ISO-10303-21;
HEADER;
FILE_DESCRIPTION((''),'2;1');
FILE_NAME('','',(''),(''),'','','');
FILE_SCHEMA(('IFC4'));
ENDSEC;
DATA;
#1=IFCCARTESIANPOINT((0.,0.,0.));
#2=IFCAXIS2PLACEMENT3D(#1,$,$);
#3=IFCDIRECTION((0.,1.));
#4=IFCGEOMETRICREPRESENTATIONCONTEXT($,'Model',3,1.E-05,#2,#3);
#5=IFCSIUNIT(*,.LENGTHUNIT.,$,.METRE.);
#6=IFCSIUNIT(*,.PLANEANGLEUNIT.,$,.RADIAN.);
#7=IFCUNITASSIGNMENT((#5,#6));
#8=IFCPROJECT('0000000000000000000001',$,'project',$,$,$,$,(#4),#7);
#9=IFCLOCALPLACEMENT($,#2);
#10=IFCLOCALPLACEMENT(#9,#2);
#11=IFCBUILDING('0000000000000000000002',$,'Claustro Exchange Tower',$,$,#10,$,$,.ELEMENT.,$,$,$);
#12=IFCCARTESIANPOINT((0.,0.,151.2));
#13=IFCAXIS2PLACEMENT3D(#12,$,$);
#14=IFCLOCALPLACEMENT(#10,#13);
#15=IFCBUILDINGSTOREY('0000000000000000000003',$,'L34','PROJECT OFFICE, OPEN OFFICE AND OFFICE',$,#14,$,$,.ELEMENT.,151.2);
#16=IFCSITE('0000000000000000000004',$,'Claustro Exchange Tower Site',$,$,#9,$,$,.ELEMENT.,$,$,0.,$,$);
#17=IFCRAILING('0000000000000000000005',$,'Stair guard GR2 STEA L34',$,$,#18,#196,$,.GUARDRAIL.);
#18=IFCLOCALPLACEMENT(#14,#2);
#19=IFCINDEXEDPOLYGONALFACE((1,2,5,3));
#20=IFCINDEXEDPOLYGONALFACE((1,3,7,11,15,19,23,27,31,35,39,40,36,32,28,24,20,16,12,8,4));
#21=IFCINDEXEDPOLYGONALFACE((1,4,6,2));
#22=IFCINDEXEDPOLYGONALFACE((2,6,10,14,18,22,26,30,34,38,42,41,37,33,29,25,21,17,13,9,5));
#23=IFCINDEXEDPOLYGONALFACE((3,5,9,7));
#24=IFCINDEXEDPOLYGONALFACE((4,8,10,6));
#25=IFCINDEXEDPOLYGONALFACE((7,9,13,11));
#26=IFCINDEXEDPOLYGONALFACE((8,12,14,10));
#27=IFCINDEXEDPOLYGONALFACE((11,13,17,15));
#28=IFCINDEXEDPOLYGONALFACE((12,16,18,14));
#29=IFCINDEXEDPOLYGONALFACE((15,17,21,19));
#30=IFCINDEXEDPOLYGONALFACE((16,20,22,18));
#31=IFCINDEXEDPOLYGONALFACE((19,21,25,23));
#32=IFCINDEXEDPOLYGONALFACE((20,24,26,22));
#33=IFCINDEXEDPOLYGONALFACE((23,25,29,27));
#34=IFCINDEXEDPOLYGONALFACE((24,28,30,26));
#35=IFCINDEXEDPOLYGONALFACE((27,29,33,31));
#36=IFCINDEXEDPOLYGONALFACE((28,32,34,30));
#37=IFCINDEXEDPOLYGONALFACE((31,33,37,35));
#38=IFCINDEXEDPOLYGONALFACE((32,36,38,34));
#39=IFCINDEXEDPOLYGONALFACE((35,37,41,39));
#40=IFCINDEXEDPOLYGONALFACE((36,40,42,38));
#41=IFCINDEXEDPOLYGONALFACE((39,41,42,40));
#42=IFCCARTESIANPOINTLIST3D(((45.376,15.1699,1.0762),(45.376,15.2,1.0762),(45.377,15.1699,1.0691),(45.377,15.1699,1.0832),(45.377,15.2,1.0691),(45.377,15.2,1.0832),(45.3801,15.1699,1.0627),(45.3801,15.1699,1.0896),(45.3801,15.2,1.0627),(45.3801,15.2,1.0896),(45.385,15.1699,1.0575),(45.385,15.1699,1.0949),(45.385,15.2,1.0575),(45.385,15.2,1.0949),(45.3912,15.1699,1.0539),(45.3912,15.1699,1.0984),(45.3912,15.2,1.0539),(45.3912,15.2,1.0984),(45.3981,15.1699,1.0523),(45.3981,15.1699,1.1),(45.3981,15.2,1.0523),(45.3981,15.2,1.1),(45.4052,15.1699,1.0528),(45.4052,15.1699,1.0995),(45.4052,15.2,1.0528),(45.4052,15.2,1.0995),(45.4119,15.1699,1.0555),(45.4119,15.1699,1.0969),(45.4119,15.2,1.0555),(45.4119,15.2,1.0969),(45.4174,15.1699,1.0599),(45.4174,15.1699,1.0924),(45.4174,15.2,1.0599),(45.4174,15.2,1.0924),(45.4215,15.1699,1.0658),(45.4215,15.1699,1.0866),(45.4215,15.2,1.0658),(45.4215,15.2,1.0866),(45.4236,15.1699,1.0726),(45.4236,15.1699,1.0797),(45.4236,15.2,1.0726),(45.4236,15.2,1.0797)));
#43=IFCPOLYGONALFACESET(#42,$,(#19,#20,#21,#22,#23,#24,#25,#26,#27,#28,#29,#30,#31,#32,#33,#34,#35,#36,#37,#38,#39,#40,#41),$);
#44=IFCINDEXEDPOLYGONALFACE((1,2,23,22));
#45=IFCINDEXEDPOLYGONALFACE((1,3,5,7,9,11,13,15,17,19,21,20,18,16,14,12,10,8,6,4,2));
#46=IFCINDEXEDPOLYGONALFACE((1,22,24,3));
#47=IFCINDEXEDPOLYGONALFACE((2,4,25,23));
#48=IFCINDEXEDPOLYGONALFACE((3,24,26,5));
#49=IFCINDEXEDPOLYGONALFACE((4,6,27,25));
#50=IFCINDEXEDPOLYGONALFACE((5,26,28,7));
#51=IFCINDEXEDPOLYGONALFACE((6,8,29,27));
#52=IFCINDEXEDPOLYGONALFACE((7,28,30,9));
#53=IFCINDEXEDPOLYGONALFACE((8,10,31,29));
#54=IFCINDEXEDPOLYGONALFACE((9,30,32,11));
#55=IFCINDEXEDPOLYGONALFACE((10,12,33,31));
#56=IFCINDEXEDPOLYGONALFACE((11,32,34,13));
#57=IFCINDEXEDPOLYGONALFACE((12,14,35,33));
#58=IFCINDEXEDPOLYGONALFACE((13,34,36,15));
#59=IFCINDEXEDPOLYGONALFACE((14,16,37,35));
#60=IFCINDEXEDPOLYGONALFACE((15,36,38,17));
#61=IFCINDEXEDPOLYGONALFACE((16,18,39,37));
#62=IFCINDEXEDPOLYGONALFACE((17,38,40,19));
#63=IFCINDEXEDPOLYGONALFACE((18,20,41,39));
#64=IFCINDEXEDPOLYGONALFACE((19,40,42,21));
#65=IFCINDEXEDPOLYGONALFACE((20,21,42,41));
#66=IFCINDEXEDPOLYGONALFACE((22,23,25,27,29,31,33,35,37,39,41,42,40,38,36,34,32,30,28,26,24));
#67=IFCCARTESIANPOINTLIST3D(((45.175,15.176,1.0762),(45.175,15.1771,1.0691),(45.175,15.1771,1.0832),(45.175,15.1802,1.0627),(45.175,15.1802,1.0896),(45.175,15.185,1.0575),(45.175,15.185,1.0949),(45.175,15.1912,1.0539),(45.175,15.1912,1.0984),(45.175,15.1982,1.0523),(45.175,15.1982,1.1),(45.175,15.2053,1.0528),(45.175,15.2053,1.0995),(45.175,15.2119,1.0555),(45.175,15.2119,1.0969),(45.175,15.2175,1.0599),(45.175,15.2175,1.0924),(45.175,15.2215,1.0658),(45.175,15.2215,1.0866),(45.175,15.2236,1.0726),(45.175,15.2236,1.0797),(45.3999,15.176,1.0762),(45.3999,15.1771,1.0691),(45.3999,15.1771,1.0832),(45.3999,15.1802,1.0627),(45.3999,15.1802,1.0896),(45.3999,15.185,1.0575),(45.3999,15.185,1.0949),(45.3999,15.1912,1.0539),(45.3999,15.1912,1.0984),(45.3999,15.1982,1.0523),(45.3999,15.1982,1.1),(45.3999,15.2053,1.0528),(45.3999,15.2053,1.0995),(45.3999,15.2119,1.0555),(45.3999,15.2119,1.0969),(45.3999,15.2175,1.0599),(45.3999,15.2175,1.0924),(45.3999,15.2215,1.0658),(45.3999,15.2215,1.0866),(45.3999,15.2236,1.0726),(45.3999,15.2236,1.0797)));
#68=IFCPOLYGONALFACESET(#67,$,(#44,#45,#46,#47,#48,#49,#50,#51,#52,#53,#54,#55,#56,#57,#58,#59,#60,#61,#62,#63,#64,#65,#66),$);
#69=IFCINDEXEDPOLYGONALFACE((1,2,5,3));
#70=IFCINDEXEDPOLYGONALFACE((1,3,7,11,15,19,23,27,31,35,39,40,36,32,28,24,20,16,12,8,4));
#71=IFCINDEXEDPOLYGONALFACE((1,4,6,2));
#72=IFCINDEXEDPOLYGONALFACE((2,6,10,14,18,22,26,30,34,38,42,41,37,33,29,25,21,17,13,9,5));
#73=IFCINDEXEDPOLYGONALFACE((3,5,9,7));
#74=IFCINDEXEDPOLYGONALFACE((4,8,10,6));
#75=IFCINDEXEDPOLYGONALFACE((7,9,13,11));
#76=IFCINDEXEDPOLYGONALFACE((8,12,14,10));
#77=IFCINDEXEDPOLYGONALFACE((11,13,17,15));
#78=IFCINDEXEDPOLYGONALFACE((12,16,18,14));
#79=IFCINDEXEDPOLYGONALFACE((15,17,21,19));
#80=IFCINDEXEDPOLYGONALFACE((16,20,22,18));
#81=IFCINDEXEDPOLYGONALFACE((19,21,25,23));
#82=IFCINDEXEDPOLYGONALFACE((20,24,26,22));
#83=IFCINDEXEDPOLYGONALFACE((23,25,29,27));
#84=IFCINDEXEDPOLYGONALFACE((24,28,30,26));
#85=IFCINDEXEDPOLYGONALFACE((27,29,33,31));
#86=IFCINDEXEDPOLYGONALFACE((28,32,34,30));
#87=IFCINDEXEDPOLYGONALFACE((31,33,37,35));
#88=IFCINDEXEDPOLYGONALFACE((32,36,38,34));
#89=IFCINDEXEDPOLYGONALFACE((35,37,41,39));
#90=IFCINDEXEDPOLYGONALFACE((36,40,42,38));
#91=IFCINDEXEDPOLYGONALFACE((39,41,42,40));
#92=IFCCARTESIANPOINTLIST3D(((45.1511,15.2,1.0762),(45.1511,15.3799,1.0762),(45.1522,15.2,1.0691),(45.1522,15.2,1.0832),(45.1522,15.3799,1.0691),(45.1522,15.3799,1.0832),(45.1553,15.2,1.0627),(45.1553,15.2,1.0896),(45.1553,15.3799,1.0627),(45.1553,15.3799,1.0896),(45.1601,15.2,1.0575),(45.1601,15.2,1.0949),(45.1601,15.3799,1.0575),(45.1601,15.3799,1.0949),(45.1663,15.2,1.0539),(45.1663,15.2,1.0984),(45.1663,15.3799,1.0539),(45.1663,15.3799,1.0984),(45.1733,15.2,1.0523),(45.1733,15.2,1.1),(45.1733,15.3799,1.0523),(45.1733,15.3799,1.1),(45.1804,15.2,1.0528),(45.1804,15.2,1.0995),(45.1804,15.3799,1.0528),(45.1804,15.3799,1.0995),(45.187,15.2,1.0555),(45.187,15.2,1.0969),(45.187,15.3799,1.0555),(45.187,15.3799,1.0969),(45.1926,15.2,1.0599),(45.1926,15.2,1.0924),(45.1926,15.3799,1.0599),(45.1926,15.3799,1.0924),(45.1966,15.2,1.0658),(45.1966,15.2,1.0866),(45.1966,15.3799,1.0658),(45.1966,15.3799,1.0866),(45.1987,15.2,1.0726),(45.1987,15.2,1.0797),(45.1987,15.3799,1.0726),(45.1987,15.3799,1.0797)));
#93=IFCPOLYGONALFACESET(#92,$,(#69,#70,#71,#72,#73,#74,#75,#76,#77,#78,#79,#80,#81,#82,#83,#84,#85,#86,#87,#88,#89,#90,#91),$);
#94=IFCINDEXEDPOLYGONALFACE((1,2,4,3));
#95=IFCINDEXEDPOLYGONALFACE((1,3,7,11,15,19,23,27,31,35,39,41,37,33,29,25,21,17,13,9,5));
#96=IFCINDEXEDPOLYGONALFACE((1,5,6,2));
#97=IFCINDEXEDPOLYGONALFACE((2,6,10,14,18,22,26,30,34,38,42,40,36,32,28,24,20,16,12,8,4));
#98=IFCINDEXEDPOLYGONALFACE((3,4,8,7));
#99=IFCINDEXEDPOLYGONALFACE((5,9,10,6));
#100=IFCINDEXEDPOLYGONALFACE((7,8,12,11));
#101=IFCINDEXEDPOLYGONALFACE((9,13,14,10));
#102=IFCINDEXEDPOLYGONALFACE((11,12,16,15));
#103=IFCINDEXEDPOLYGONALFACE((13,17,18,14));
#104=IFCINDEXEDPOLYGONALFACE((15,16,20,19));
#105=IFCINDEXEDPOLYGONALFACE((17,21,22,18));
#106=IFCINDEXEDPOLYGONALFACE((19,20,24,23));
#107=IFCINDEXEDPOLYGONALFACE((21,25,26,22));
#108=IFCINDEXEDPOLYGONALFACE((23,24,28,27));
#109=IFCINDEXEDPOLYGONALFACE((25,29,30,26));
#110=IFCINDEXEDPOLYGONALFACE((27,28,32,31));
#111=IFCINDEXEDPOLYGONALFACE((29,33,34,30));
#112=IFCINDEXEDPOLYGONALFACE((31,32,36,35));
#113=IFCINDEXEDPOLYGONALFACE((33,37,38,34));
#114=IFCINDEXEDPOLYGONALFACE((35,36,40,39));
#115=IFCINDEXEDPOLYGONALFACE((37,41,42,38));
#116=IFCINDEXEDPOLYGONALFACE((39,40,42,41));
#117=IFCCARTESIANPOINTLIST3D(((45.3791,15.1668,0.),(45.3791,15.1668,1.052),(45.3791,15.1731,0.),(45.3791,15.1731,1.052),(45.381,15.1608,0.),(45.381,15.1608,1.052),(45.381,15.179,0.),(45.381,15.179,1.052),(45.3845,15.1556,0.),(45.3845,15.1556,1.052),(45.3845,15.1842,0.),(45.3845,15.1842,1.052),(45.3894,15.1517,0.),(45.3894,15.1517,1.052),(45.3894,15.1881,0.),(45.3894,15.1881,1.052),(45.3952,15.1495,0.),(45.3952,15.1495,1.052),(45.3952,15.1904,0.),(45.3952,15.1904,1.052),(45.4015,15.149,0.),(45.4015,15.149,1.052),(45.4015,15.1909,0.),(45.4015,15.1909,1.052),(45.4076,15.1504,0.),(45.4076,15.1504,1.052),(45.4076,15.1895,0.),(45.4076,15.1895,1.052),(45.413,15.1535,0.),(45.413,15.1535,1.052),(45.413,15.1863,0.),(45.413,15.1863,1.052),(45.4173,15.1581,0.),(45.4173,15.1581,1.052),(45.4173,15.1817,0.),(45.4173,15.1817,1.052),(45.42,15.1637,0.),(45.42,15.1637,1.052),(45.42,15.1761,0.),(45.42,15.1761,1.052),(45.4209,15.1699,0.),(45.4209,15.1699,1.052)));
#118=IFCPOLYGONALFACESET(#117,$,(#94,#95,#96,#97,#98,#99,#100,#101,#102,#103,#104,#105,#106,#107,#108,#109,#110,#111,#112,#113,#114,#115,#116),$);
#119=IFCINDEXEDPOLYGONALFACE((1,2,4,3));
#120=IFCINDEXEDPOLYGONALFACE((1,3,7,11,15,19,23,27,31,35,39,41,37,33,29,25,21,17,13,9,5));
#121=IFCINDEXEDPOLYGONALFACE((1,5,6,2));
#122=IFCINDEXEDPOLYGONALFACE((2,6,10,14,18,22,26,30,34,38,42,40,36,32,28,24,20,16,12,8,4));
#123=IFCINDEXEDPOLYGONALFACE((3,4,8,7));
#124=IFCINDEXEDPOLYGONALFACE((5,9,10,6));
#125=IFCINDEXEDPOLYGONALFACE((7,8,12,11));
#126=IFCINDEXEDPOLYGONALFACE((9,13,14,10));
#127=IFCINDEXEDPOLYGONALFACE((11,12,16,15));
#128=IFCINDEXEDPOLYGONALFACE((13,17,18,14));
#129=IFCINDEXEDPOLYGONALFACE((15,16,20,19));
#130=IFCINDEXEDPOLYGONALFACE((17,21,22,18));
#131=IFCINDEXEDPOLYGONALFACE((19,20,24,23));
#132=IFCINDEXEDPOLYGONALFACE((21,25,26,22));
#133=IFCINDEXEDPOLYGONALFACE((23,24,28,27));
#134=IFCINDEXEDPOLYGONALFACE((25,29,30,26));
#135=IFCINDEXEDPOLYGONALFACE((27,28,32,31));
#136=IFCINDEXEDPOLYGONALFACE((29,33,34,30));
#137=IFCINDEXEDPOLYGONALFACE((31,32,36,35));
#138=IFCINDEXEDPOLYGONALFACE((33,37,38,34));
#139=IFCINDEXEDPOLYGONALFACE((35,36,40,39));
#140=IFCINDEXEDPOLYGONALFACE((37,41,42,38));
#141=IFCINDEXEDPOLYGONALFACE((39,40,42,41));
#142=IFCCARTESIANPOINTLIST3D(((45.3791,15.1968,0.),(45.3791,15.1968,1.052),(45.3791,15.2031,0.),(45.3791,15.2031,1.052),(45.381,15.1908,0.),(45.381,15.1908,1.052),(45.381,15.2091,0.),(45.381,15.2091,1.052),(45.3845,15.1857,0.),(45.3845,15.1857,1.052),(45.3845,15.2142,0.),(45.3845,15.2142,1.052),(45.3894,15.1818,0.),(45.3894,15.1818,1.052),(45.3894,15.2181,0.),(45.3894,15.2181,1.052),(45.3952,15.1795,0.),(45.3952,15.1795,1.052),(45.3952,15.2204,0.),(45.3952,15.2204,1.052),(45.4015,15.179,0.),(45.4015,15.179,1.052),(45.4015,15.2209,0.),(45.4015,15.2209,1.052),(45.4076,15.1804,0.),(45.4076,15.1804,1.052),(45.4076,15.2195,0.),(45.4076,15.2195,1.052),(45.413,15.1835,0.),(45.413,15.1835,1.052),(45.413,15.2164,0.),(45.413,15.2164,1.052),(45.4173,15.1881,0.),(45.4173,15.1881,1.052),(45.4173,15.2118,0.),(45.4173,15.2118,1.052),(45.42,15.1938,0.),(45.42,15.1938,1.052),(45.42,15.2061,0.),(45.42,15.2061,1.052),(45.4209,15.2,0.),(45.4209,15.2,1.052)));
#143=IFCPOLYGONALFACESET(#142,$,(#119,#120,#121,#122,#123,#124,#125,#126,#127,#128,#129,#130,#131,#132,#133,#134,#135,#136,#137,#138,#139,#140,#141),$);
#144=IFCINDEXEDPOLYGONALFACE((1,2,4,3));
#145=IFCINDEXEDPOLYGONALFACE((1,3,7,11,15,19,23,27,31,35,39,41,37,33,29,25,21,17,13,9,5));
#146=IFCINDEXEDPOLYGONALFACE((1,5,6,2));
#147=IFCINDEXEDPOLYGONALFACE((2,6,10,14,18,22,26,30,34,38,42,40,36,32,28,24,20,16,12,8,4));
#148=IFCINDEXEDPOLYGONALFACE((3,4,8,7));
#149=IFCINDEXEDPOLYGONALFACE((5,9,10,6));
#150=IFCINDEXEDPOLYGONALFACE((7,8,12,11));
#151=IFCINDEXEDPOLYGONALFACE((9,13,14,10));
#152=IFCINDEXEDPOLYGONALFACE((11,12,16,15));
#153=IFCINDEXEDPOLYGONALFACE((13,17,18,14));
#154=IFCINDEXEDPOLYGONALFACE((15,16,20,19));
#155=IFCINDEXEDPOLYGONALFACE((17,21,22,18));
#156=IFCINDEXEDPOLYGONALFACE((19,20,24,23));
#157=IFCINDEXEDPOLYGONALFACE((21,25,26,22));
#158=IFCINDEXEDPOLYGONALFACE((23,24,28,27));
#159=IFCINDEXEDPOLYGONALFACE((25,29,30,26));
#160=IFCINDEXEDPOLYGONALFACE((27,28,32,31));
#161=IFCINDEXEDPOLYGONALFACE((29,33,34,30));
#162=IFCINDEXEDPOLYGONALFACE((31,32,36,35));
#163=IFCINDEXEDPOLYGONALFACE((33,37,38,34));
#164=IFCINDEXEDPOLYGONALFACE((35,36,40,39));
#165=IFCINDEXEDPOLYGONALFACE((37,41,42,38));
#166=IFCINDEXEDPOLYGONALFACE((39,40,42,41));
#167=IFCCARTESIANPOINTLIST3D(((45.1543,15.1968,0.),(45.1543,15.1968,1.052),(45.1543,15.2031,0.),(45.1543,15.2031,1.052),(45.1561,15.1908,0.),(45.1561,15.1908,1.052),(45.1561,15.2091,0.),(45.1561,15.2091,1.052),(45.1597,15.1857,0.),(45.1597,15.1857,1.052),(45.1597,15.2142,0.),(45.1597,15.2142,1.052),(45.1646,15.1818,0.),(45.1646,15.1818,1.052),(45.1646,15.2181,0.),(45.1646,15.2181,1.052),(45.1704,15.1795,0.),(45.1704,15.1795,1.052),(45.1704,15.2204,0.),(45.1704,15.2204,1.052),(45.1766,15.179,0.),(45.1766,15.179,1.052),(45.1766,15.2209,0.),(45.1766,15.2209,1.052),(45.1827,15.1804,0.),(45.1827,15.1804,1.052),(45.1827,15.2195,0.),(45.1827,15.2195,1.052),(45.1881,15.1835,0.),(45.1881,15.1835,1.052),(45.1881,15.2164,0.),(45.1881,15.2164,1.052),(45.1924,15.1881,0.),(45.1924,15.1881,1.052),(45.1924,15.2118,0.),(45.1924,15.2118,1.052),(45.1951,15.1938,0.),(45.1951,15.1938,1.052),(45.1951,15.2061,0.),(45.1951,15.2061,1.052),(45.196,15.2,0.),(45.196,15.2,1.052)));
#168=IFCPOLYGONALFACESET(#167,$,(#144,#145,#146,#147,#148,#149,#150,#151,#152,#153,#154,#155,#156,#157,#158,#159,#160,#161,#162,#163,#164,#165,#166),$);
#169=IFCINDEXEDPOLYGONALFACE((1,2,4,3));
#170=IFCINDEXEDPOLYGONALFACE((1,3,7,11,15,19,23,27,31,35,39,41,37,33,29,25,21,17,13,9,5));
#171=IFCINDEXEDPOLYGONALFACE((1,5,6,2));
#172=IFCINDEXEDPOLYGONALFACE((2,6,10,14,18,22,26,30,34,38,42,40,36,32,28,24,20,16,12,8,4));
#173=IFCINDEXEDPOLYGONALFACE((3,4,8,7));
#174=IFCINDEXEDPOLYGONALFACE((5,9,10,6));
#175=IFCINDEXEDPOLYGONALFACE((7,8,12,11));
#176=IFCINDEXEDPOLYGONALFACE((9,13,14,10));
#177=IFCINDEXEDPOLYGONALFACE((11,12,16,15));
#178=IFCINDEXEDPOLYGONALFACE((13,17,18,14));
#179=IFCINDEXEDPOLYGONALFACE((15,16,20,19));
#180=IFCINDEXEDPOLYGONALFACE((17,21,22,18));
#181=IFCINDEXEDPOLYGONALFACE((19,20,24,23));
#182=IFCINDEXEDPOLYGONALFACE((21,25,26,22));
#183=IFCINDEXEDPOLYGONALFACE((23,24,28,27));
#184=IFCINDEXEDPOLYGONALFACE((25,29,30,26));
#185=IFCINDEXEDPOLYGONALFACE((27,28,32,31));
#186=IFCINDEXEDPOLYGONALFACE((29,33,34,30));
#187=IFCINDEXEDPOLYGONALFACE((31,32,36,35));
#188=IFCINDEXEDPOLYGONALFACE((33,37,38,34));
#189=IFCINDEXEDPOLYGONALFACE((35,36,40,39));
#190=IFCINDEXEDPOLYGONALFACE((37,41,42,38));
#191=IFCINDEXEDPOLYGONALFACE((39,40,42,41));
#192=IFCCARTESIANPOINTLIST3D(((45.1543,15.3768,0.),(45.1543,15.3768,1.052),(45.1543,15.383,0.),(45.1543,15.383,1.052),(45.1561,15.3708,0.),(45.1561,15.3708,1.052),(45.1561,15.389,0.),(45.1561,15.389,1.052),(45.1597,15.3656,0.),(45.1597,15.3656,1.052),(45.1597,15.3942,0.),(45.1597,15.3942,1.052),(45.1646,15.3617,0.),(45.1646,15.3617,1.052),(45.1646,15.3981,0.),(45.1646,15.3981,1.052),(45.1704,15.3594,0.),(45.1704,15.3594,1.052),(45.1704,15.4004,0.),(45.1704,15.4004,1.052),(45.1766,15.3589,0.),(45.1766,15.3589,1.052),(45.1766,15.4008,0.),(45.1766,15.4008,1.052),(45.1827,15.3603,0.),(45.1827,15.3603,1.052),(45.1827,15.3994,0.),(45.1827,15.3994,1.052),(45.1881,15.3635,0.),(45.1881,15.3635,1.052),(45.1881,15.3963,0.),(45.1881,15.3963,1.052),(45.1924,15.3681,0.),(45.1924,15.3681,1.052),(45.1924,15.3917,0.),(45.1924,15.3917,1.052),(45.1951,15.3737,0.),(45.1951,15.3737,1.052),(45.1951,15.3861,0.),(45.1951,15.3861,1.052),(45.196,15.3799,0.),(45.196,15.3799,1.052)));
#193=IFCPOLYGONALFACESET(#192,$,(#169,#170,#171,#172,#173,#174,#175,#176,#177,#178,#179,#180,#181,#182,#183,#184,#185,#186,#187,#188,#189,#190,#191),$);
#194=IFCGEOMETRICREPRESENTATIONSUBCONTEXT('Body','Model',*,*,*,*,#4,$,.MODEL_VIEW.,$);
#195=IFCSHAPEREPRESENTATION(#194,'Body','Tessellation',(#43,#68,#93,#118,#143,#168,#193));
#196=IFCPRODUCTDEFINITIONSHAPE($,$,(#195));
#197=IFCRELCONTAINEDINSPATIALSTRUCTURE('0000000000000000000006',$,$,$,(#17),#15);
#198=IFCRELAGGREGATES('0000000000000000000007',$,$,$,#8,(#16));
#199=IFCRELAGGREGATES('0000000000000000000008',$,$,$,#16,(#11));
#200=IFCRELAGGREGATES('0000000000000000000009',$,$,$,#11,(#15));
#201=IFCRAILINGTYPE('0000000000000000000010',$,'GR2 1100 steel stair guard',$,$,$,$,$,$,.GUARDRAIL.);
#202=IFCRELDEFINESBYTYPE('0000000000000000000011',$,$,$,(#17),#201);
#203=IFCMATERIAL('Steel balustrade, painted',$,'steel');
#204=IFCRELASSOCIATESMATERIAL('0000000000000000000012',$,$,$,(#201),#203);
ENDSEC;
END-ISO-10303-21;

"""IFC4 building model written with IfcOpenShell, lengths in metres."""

from ifc_helpers import new_model, si_unit, direction, frame, origin, origin_2d, place, context, subcontext, project, spatial, circle, extrude, material, type_object, element, save


model = new_model("IFC4")

# Units and contexts
model_context = context("Model", 3, precision=1e-05, world=origin(), true_north=direction((0.0, 1.0)))
body_context = subcontext(model_context, "Body", "Model", "MODEL_VIEW")
ifc_project = project(units=[si_unit("LENGTHUNIT", "METRE"), si_unit("PLANEANGLEUNIT", "RADIAN")], contexts=[model_context])

# Site, building, storey
site_placement = place(None, origin())
site = spatial("IfcSite", under=ifc_project, at=site_placement, Name="Claustro Exchange Tower Site", CompositionType="ELEMENT", RefElevation=0.0)
building_placement = place(site_placement, origin())
building = spatial("IfcBuilding", under=site, at=building_placement, Name="Claustro Exchange Tower", CompositionType="ELEMENT")
storey_placement = place(building_placement, frame((0.0, 0.0, 151.2)))
storey = spatial("IfcBuildingStorey", under=building, at=storey_placement, Name="L34", Description="PROJECT OFFICE, OPEN OFFICE AND OFFICE", CompositionType="ELEMENT", Elevation=151.2)

# Railing
ifc_material_1 = material(Name="Steel balustrade, painted", Category="steel")
railing_type_1 = type_object("IfcRailingType", Name="GR2 1100 steel stair guard", PredefinedType="GUARDRAIL", material=ifc_material_1)
railing_1_placement = place(storey_placement, frame((45.3999, 15.1699, 0.0)))
element("IfcRailing", 1, at=railing_1_placement, inside=storey, type_object=railing_type_1, Name="Stair guard GR2 STEA L34", PredefinedType="GUARDRAIL", context=body_context, shape_type="SweptSolid", body=[
    extrude(circle(Radius=0.0239, at=origin_2d()), frame((0.0, 0.0, 1.0762), z_axis=(0.0, 1.0, 0.0), x_axis=(-1.0, 0.0, 0.0)), (0.0, 0.0, 1.0), 0.03),
    extrude(circle(Radius=0.0239, at=origin_2d()), frame((0.0, 0.03, 1.0762), z_axis=(-1.0, 0.0, 0.0), x_axis=(0.0, -1.0, 0.0)), (0.0, 0.0, 1.0), 0.2249),
    extrude(circle(Radius=0.0239, at=origin_2d()), frame((-0.2249, 0.03, 1.0762), z_axis=(0.0, 1.0, 0.0), x_axis=(-1.0, 0.0, 0.0)), (0.0, 0.0, 1.0), 0.1799),
    extrude(circle(Radius=0.021, at=origin_2d()), origin(), (0.0, 0.0, 1.0), 1.052),
    extrude(circle(Radius=0.021, at=origin_2d()), frame((0.0, 0.03, 0.0)), (0.0, 0.0, 1.0), 1.052),
    extrude(circle(Radius=0.021, at=origin_2d()), frame((-0.2249, 0.03, 0.0)), (0.0, 0.0, 1.0), 1.052),
    extrude(circle(Radius=0.021, at=origin_2d()), frame((-0.2249, 0.21, 0.0)), (0.0, 0.0, 1.0), 1.052),
])

save(model, "model.ifc")
